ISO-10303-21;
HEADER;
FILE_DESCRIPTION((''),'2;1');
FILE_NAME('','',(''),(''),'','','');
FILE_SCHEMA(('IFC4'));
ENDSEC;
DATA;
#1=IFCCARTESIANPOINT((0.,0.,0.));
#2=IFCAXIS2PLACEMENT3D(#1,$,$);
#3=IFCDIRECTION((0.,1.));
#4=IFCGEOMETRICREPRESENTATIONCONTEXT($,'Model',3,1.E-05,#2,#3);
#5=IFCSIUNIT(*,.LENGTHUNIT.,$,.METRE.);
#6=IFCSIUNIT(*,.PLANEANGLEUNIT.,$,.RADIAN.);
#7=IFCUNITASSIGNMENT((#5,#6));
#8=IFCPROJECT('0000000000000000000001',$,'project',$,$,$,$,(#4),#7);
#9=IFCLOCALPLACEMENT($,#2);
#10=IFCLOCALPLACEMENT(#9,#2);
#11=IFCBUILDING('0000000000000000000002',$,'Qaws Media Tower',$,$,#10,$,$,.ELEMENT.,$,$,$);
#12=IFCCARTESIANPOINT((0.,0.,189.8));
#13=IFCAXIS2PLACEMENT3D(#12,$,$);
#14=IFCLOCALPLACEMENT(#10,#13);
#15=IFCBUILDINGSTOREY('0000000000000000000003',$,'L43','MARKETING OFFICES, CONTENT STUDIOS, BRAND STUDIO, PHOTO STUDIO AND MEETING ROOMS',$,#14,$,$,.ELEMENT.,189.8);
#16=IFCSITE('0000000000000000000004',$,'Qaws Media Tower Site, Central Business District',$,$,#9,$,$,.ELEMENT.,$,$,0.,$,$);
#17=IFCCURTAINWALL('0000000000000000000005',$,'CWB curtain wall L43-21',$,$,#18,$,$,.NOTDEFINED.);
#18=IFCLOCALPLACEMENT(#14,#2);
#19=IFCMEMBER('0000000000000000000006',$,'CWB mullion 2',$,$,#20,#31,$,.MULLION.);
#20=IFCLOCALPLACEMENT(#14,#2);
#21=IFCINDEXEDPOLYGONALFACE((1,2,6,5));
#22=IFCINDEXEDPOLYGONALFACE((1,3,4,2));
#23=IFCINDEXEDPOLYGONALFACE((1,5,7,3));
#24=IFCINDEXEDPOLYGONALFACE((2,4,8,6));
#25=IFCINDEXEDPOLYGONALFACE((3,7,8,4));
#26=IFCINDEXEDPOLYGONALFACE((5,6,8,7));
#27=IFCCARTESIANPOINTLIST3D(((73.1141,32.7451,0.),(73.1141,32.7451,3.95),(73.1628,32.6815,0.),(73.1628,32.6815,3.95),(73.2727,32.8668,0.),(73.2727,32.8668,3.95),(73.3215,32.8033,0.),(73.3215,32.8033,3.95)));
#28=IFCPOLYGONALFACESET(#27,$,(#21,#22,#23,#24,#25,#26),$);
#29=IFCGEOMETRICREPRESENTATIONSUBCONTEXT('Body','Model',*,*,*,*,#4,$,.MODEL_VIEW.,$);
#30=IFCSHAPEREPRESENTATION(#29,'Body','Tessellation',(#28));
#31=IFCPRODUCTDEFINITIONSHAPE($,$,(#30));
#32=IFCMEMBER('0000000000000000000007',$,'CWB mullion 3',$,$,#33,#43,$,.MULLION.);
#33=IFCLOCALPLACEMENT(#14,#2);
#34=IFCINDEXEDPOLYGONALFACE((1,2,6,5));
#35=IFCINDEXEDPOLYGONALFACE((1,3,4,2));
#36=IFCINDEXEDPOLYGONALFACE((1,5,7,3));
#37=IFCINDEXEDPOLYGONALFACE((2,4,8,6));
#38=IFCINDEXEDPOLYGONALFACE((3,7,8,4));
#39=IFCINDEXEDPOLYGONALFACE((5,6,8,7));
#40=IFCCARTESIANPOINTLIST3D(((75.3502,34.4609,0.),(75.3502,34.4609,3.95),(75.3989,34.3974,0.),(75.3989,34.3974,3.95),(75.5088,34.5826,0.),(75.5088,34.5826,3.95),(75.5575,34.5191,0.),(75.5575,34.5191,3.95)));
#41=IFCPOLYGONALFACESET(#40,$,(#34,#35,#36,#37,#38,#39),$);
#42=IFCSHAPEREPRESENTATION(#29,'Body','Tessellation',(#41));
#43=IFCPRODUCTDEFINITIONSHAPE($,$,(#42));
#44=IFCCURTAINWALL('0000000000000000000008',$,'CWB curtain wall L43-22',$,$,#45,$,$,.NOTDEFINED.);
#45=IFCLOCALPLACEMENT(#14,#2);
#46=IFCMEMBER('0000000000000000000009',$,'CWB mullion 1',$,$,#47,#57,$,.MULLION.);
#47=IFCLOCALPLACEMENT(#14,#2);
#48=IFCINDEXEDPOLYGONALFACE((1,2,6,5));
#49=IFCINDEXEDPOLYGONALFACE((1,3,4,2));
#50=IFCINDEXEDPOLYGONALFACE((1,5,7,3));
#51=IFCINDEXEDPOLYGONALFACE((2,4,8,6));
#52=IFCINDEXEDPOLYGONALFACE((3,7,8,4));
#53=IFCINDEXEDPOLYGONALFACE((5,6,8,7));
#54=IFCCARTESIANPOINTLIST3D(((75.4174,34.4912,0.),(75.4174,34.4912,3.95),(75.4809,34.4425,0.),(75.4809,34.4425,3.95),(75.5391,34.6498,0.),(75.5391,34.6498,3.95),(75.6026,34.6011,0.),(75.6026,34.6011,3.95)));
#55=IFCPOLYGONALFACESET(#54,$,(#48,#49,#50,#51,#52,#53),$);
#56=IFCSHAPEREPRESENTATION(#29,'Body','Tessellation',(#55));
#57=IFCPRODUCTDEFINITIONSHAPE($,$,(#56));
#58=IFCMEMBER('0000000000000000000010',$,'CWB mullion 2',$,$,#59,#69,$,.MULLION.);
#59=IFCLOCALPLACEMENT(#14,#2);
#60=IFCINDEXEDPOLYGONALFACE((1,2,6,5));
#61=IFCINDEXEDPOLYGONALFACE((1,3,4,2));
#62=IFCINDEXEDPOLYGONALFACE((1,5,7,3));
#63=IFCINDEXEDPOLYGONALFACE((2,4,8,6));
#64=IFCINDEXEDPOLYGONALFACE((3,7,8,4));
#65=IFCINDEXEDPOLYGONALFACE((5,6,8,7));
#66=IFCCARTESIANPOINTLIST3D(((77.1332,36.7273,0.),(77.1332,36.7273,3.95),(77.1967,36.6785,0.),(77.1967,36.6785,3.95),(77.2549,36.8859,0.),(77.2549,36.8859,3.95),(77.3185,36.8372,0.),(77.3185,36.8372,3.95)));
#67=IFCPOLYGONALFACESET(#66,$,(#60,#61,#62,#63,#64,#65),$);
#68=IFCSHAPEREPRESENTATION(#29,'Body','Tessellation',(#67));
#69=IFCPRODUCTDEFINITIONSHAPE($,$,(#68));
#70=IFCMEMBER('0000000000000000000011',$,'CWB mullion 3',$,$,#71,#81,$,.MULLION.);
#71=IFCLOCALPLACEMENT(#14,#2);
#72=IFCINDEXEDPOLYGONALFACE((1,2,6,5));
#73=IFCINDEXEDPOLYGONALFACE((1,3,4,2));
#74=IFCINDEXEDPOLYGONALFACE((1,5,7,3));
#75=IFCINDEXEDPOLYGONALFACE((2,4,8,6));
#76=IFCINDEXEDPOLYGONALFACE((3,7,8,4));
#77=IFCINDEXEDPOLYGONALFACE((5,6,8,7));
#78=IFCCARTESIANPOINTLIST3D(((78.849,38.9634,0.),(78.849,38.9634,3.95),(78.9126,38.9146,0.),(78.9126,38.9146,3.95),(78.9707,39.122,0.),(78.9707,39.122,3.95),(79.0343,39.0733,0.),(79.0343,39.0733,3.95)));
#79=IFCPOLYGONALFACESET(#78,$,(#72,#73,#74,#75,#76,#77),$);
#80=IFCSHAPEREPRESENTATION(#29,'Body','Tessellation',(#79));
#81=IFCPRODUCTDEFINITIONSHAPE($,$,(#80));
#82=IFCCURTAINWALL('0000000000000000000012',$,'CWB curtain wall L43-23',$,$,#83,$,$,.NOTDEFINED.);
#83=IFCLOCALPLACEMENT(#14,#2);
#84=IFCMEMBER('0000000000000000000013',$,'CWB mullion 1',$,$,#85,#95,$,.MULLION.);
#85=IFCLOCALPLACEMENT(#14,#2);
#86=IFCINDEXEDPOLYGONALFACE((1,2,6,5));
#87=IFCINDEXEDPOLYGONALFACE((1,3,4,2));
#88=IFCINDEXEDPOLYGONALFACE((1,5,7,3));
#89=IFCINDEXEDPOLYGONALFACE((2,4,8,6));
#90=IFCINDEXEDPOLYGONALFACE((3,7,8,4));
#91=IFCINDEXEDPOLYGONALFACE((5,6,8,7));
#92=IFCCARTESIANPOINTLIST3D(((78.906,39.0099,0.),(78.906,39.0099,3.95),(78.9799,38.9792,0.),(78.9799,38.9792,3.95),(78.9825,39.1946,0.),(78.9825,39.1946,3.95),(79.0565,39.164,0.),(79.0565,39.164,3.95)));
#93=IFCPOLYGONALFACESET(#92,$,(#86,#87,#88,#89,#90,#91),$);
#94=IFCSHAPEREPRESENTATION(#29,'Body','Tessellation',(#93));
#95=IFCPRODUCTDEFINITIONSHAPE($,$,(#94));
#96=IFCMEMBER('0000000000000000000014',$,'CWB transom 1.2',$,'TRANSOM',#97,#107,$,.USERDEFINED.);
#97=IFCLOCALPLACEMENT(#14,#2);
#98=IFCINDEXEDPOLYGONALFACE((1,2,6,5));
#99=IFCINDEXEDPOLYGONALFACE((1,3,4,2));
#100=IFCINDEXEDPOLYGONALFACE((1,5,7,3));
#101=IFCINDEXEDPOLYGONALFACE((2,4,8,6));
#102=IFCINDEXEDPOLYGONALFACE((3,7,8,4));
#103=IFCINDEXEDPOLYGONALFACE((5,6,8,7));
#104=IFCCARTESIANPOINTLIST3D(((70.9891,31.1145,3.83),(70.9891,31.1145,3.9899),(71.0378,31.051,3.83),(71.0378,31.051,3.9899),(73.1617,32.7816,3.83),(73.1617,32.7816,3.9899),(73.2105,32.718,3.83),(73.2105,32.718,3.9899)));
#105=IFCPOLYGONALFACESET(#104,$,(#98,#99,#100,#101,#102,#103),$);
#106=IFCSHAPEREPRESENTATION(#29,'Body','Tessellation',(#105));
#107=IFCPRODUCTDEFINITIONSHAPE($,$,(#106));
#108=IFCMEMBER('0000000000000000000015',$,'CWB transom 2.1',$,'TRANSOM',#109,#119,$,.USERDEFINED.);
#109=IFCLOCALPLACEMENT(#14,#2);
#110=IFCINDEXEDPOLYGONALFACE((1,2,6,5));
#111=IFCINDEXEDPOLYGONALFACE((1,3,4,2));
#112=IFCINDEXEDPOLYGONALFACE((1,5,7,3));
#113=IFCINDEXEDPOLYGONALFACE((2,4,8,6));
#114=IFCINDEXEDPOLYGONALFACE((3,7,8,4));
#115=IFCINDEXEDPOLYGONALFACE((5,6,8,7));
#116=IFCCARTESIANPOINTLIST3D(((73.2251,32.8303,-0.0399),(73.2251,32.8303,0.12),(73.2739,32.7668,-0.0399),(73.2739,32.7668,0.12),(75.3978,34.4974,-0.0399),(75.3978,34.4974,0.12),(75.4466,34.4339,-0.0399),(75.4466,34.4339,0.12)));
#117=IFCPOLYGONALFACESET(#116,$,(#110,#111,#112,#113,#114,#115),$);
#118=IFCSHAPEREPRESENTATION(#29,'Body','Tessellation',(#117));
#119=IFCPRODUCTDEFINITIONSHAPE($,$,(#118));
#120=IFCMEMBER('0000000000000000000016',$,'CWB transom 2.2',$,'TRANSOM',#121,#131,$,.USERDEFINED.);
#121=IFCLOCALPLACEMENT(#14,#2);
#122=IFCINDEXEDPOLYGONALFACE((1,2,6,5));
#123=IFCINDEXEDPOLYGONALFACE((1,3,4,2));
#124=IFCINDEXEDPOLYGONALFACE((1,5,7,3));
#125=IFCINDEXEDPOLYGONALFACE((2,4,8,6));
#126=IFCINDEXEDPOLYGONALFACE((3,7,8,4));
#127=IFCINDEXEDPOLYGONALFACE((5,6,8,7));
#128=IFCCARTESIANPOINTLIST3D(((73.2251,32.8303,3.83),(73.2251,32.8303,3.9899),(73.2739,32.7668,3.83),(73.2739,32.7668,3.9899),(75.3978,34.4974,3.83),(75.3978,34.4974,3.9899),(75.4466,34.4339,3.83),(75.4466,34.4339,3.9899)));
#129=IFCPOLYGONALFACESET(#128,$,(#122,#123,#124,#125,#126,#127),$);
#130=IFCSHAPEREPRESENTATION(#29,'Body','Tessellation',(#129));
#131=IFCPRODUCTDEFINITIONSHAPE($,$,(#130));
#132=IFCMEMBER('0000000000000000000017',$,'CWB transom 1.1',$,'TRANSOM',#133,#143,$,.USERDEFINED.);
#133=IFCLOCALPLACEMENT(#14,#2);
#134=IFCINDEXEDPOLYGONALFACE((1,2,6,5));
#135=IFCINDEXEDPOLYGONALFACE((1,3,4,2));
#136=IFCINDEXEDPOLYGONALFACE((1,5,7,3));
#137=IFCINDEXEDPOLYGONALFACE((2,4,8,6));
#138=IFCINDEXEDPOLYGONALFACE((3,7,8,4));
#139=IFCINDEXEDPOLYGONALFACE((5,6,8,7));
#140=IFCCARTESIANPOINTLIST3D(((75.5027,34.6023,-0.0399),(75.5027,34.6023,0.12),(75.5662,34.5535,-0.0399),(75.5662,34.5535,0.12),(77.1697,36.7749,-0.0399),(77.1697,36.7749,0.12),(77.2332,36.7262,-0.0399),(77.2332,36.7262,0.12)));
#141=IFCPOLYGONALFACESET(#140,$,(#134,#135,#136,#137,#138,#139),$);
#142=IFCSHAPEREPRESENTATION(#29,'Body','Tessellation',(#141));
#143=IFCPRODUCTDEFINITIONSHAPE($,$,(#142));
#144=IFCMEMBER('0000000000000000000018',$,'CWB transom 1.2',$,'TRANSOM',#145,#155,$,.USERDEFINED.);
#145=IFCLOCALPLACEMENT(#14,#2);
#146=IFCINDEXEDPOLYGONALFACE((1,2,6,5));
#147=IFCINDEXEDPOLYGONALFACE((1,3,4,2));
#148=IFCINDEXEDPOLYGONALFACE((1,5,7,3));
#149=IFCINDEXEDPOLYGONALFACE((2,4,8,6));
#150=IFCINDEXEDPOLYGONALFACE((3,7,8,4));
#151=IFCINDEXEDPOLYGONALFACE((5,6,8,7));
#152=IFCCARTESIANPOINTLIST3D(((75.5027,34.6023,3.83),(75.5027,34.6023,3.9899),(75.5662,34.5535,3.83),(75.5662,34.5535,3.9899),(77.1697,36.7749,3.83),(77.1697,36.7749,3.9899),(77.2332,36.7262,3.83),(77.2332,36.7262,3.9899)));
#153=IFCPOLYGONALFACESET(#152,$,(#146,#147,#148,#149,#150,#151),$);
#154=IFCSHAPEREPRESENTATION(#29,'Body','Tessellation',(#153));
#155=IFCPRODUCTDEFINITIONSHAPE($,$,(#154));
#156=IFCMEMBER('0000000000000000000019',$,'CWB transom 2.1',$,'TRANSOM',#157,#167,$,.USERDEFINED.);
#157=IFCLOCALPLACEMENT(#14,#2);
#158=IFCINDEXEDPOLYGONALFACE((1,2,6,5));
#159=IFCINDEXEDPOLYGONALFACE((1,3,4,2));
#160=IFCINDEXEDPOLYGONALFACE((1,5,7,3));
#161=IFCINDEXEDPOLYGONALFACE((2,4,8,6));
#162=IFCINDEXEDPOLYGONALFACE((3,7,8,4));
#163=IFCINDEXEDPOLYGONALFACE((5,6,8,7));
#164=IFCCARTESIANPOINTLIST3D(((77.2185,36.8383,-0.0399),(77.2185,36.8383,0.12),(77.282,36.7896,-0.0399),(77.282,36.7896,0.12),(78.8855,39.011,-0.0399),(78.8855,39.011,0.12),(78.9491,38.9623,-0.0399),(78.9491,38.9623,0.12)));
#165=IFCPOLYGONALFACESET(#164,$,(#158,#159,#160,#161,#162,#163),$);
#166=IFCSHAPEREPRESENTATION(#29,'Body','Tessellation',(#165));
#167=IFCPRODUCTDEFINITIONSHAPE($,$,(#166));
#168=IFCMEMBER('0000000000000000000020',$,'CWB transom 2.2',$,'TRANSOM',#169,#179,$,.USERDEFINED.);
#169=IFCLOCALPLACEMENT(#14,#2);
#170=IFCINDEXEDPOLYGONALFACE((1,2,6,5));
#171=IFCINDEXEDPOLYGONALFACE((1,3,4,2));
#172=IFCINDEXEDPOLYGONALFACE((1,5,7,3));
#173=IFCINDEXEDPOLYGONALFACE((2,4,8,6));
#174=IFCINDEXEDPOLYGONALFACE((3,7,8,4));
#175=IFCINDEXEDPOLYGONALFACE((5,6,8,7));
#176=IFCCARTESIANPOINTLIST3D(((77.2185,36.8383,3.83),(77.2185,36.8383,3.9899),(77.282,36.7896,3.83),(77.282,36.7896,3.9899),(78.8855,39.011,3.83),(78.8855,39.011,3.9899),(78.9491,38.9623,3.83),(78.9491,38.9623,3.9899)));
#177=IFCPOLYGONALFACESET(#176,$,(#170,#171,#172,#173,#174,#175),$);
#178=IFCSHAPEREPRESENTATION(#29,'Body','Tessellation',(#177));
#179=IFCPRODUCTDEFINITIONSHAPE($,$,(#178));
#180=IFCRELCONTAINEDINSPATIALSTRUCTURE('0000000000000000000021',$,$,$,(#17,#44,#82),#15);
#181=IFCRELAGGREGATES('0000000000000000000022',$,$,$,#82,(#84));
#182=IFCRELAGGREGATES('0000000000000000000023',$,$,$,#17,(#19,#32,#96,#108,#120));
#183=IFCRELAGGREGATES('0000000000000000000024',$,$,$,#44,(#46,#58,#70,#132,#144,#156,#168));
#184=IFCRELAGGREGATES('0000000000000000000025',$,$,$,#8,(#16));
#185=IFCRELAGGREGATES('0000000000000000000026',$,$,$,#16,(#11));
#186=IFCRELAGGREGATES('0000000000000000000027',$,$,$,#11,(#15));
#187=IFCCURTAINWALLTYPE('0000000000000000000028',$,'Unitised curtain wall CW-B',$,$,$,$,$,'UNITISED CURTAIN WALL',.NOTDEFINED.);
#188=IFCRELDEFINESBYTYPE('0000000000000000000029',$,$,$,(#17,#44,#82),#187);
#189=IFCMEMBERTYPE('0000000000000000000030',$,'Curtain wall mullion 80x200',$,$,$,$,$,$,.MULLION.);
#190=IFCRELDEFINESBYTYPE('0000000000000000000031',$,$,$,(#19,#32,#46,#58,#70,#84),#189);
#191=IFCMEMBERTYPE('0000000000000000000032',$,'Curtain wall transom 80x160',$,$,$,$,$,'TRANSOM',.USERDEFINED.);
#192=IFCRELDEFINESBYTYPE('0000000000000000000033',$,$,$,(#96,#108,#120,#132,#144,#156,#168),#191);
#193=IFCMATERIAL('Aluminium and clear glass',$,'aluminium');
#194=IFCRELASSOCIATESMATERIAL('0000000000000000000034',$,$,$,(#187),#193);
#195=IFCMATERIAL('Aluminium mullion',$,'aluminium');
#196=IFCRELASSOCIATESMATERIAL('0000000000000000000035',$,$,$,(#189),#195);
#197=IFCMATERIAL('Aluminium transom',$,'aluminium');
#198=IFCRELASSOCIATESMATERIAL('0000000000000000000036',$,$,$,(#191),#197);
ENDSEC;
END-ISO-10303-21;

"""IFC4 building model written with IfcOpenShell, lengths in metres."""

from ifc_helpers import new_model, si_unit, direction, frame, origin, origin_2d, place, context, subcontext, project, spatial, rectangle, extrude, material, material_profile, profile_set, type_object, element, aggregate, save


model = new_model("IFC4")

# Units and contexts
model_context = context("Model", 3, precision=1e-05, world=origin(), true_north=direction((0.0, 1.0)))
body_context = subcontext(model_context, "Body", "Model", "MODEL_VIEW")
ifc_project = project(units=[si_unit("LENGTHUNIT", "METRE"), si_unit("PLANEANGLEUNIT", "RADIAN")], contexts=[model_context])

# Site, building, storey
site_placement = place(None, origin())
site = spatial("IfcSite", under=ifc_project, at=site_placement, Name="Qaws Media Tower Site, Central Business District", CompositionType="ELEMENT", RefElevation=0.0)
building_placement = place(site_placement, origin())
building = spatial("IfcBuilding", under=site, at=building_placement, Name="Qaws Media Tower", CompositionType="ELEMENT")
storey_placement = place(building_placement, frame((0.0, 0.0, 189.8)))
storey = spatial("IfcBuildingStorey", under=building, at=storey_placement, Name="L43", Description="MARKETING OFFICES, CONTENT STUDIOS, BRAND STUDIO, PHOTO STUDIO AND MEETING ROOMS", CompositionType="ELEMENT", Elevation=189.8)

# Curtain walls, members
ifc_material_1 = material(Name="Aluminium and clear glass", Category="aluminium")
curtain_wall_type = type_object("IfcCurtainWallType", Name="Unitised curtain wall CW-B", ElementType="UNITISED CURTAIN WALL", PredefinedType="NOTDEFINED", material=ifc_material_1)
curtain_wall_1_placement = place(storey_placement, origin())
curtain_wall_1 = element("IfcCurtainWall", 1, at=curtain_wall_1_placement, inside=storey, type_object=curtain_wall_type, Name="CWB curtain wall L43-21", PredefinedType="NOTDEFINED")
ifc_material_2 = material(Name="Aluminium mullion", Category="aluminium")
ifc_material_profile_1 = material_profile(ifc_material_2, rectangle(XDim=0.0801, YDim=0.2, at=origin_2d()), Name="80x200")
ifc_profile_set_1 = profile_set([ifc_material_profile_1], Name="Aluminium mullion")
member_type_1 = type_object("IfcMemberType", Name="Curtain wall mullion 80x200", PredefinedType="MULLION", material=ifc_profile_set_1)
member_1_placement = place(storey_placement, frame((73.2178, 32.7742, 0.0), z_axis=(0.0, 0.0, 1.0), x_axis=(-0.608761, 0.793353, 0.0)))
member_1 = element("IfcMember", 2, at=member_1_placement, type_object=member_type_1, Name="CWB mullion 2", PredefinedType="MULLION", context=body_context, shape_type="SweptSolid", body=[
    extrude(rectangle(XDim=0.0801, YDim=0.2, at=origin_2d()), origin(), (0.0, 0.0, 1.0), 3.95),
])
member_2_placement = place(storey_placement, frame((75.4539, 34.49, 0.0), z_axis=(0.0, 0.0, 1.0), x_axis=(-0.608761, 0.793353, 0.0)))
member_2 = element("IfcMember", 3, at=member_2_placement, type_object=member_type_1, Name="CWB mullion 3", PredefinedType="MULLION", context=body_context, shape_type="SweptSolid", body=[
    extrude(rectangle(XDim=0.0801, YDim=0.2, at=origin_2d()), origin(), (0.0, 0.0, 1.0), 3.95),
])
curtain_wall_2_placement = place(storey_placement, origin())
curtain_wall_2 = element("IfcCurtainWall", 4, at=curtain_wall_2_placement, inside=storey, type_object=curtain_wall_type, Name="CWB curtain wall L43-22", PredefinedType="NOTDEFINED")
member_3_placement = place(storey_placement, frame((75.51, 34.5461, 0.0), z_axis=(0.0, 0.0, 1.0), x_axis=(-0.793353, 0.608761, 0.0)))
member_3 = element("IfcMember", 5, at=member_3_placement, type_object=member_type_1, Name="CWB mullion 1", PredefinedType="MULLION", context=body_context, shape_type="SweptSolid", body=[
    extrude(rectangle(XDim=0.0801, YDim=0.2, at=origin_2d()), origin(), (0.0, 0.0, 1.0), 3.95),
])
member_4_placement = place(storey_placement, frame((77.2258, 36.7822, 0.0), z_axis=(0.0, 0.0, 1.0), x_axis=(-0.793353, 0.608761, 0.0)))
member_4 = element("IfcMember", 6, at=member_4_placement, type_object=member_type_1, Name="CWB mullion 2", PredefinedType="MULLION", context=body_context, shape_type="SweptSolid", body=[
    extrude(rectangle(XDim=0.0801, YDim=0.2, at=origin_2d()), origin(), (0.0, 0.0, 1.0), 3.95),
])
member_5_placement = place(storey_placement, frame((78.9417, 39.0183, 0.0), z_axis=(0.0, 0.0, 1.0), x_axis=(-0.793353, 0.608761, 0.0)))
member_5 = element("IfcMember", 7, at=member_5_placement, type_object=member_type_1, Name="CWB mullion 3", PredefinedType="MULLION", context=body_context, shape_type="SweptSolid", body=[
    extrude(rectangle(XDim=0.0801, YDim=0.2, at=origin_2d()), origin(), (0.0, 0.0, 1.0), 3.95),
])

# Curtain wall, member
curtain_wall_3_placement = place(storey_placement, origin())
curtain_wall_3 = element("IfcCurtainWall", 8, at=curtain_wall_3_placement, inside=storey, type_object=curtain_wall_type, Name="CWB curtain wall L43-23", PredefinedType="NOTDEFINED")
member_6_placement = place(storey_placement, frame((78.9812, 39.0869, 0.0), z_axis=(0.0, 0.0, 1.0), x_axis=(-0.923879, 0.382684, 0.0)))
member_6 = element("IfcMember", 9, at=member_6_placement, type_object=member_type_1, Name="CWB mullion 1", PredefinedType="MULLION", context=body_context, shape_type="SweptSolid", body=[
    extrude(rectangle(XDim=0.0801, YDim=0.2, at=origin_2d()), origin(), (0.0, 0.0, 1.0), 3.95),
])
aggregate(curtain_wall_3, [member_6])

# Members
ifc_material_3 = material(Name="Aluminium transom", Category="aluminium")
ifc_material_profile_2 = material_profile(ifc_material_3, rectangle(XDim=0.0801, YDim=0.1599, at=origin_2d()), Name="80x160")
ifc_profile_set_2 = profile_set([ifc_material_profile_2], Name="Aluminium transom")
member_type_2 = type_object("IfcMemberType", Name="Curtain wall transom 80x160", ElementType="TRANSOM", PredefinedType="USERDEFINED", material=ifc_profile_set_2)
member_7_placement = place(storey_placement, frame((71.0134, 31.0828, 3.9099), z_axis=(0.793372, 0.608737, 0.0), x_axis=(-0.608737, 0.793372, 0.0)))
member_7 = element("IfcMember", 10, at=member_7_placement, type_object=member_type_2, Name="CWB transom 1.2", ObjectType="TRANSOM", PredefinedType="USERDEFINED", context=body_context, shape_type="SweptSolid", body=[
    extrude(rectangle(XDim=0.0801, YDim=0.1599, at=origin_2d()), origin(), (0.0, 0.0, 1.0), 2.7385),
])
member_8_placement = place(storey_placement, frame((73.2495, 32.7986, 0.04), z_axis=(0.793372, 0.608737, 0.0), x_axis=(-0.608737, 0.793372, 0.0)))
member_8 = element("IfcMember", 11, at=member_8_placement, type_object=member_type_2, Name="CWB transom 2.1", ObjectType="TRANSOM", PredefinedType="USERDEFINED", context=body_context, shape_type="SweptSolid", body=[
    extrude(rectangle(XDim=0.0801, YDim=0.1599, at=origin_2d()), origin(), (0.0, 0.0, 1.0), 2.7385),
])
member_9_placement = place(storey_placement, frame((73.2495, 32.7986, 3.9099), z_axis=(0.793372, 0.608737, 0.0), x_axis=(-0.608737, 0.793372, 0.0)))
member_9 = element("IfcMember", 12, at=member_9_placement, type_object=member_type_2, Name="CWB transom 2.2", ObjectType="TRANSOM", PredefinedType="USERDEFINED", context=body_context, shape_type="SweptSolid", body=[
    extrude(rectangle(XDim=0.0801, YDim=0.1599, at=origin_2d()), origin(), (0.0, 0.0, 1.0), 2.7385),
])
member_10_placement = place(storey_placement, frame((75.5344, 34.5779, 0.04), z_axis=(0.608737, 0.793372, 0.0), x_axis=(-0.793372, 0.608737, 0.0)))
member_10 = element("IfcMember", 13, at=member_10_placement, type_object=member_type_2, Name="CWB transom 1.1", ObjectType="TRANSOM", PredefinedType="USERDEFINED", context=body_context, shape_type="SweptSolid", body=[
    extrude(rectangle(XDim=0.0801, YDim=0.1599, at=origin_2d()), origin(), (0.0, 0.0, 1.0), 2.7385),
])
member_11_placement = place(storey_placement, frame((75.5344, 34.5779, 3.9099), z_axis=(0.608737, 0.793372, 0.0), x_axis=(-0.793372, 0.608737, 0.0)))
member_11 = element("IfcMember", 14, at=member_11_placement, type_object=member_type_2, Name="CWB transom 1.2", ObjectType="TRANSOM", PredefinedType="USERDEFINED", context=body_context, shape_type="SweptSolid", body=[
    extrude(rectangle(XDim=0.0801, YDim=0.1599, at=origin_2d()), origin(), (0.0, 0.0, 1.0), 2.7385),
])
member_12_placement = place(storey_placement, frame((77.2502, 36.814, 0.04), z_axis=(0.608737, 0.793372, 0.0), x_axis=(-0.793372, 0.608737, 0.0)))
member_12 = element("IfcMember", 15, at=member_12_placement, type_object=member_type_2, Name="CWB transom 2.1", ObjectType="TRANSOM", PredefinedType="USERDEFINED", context=body_context, shape_type="SweptSolid", body=[
    extrude(rectangle(XDim=0.0801, YDim=0.1599, at=origin_2d()), origin(), (0.0, 0.0, 1.0), 2.7385),
])
member_13_placement = place(storey_placement, frame((77.2502, 36.814, 3.9099), z_axis=(0.608737, 0.793372, 0.0), x_axis=(-0.793372, 0.608737, 0.0)))
member_13 = element("IfcMember", 16, at=member_13_placement, type_object=member_type_2, Name="CWB transom 2.2", ObjectType="TRANSOM", PredefinedType="USERDEFINED", context=body_context, shape_type="SweptSolid", body=[
    extrude(rectangle(XDim=0.0801, YDim=0.1599, at=origin_2d()), origin(), (0.0, 0.0, 1.0), 2.7385),
])

aggregate(curtain_wall_1, [member_1, member_2, member_7, member_8, member_9])
aggregate(curtain_wall_2, [member_3, member_4, member_5, member_10, member_11, member_12, member_13])

save(model, "model.ifc")
